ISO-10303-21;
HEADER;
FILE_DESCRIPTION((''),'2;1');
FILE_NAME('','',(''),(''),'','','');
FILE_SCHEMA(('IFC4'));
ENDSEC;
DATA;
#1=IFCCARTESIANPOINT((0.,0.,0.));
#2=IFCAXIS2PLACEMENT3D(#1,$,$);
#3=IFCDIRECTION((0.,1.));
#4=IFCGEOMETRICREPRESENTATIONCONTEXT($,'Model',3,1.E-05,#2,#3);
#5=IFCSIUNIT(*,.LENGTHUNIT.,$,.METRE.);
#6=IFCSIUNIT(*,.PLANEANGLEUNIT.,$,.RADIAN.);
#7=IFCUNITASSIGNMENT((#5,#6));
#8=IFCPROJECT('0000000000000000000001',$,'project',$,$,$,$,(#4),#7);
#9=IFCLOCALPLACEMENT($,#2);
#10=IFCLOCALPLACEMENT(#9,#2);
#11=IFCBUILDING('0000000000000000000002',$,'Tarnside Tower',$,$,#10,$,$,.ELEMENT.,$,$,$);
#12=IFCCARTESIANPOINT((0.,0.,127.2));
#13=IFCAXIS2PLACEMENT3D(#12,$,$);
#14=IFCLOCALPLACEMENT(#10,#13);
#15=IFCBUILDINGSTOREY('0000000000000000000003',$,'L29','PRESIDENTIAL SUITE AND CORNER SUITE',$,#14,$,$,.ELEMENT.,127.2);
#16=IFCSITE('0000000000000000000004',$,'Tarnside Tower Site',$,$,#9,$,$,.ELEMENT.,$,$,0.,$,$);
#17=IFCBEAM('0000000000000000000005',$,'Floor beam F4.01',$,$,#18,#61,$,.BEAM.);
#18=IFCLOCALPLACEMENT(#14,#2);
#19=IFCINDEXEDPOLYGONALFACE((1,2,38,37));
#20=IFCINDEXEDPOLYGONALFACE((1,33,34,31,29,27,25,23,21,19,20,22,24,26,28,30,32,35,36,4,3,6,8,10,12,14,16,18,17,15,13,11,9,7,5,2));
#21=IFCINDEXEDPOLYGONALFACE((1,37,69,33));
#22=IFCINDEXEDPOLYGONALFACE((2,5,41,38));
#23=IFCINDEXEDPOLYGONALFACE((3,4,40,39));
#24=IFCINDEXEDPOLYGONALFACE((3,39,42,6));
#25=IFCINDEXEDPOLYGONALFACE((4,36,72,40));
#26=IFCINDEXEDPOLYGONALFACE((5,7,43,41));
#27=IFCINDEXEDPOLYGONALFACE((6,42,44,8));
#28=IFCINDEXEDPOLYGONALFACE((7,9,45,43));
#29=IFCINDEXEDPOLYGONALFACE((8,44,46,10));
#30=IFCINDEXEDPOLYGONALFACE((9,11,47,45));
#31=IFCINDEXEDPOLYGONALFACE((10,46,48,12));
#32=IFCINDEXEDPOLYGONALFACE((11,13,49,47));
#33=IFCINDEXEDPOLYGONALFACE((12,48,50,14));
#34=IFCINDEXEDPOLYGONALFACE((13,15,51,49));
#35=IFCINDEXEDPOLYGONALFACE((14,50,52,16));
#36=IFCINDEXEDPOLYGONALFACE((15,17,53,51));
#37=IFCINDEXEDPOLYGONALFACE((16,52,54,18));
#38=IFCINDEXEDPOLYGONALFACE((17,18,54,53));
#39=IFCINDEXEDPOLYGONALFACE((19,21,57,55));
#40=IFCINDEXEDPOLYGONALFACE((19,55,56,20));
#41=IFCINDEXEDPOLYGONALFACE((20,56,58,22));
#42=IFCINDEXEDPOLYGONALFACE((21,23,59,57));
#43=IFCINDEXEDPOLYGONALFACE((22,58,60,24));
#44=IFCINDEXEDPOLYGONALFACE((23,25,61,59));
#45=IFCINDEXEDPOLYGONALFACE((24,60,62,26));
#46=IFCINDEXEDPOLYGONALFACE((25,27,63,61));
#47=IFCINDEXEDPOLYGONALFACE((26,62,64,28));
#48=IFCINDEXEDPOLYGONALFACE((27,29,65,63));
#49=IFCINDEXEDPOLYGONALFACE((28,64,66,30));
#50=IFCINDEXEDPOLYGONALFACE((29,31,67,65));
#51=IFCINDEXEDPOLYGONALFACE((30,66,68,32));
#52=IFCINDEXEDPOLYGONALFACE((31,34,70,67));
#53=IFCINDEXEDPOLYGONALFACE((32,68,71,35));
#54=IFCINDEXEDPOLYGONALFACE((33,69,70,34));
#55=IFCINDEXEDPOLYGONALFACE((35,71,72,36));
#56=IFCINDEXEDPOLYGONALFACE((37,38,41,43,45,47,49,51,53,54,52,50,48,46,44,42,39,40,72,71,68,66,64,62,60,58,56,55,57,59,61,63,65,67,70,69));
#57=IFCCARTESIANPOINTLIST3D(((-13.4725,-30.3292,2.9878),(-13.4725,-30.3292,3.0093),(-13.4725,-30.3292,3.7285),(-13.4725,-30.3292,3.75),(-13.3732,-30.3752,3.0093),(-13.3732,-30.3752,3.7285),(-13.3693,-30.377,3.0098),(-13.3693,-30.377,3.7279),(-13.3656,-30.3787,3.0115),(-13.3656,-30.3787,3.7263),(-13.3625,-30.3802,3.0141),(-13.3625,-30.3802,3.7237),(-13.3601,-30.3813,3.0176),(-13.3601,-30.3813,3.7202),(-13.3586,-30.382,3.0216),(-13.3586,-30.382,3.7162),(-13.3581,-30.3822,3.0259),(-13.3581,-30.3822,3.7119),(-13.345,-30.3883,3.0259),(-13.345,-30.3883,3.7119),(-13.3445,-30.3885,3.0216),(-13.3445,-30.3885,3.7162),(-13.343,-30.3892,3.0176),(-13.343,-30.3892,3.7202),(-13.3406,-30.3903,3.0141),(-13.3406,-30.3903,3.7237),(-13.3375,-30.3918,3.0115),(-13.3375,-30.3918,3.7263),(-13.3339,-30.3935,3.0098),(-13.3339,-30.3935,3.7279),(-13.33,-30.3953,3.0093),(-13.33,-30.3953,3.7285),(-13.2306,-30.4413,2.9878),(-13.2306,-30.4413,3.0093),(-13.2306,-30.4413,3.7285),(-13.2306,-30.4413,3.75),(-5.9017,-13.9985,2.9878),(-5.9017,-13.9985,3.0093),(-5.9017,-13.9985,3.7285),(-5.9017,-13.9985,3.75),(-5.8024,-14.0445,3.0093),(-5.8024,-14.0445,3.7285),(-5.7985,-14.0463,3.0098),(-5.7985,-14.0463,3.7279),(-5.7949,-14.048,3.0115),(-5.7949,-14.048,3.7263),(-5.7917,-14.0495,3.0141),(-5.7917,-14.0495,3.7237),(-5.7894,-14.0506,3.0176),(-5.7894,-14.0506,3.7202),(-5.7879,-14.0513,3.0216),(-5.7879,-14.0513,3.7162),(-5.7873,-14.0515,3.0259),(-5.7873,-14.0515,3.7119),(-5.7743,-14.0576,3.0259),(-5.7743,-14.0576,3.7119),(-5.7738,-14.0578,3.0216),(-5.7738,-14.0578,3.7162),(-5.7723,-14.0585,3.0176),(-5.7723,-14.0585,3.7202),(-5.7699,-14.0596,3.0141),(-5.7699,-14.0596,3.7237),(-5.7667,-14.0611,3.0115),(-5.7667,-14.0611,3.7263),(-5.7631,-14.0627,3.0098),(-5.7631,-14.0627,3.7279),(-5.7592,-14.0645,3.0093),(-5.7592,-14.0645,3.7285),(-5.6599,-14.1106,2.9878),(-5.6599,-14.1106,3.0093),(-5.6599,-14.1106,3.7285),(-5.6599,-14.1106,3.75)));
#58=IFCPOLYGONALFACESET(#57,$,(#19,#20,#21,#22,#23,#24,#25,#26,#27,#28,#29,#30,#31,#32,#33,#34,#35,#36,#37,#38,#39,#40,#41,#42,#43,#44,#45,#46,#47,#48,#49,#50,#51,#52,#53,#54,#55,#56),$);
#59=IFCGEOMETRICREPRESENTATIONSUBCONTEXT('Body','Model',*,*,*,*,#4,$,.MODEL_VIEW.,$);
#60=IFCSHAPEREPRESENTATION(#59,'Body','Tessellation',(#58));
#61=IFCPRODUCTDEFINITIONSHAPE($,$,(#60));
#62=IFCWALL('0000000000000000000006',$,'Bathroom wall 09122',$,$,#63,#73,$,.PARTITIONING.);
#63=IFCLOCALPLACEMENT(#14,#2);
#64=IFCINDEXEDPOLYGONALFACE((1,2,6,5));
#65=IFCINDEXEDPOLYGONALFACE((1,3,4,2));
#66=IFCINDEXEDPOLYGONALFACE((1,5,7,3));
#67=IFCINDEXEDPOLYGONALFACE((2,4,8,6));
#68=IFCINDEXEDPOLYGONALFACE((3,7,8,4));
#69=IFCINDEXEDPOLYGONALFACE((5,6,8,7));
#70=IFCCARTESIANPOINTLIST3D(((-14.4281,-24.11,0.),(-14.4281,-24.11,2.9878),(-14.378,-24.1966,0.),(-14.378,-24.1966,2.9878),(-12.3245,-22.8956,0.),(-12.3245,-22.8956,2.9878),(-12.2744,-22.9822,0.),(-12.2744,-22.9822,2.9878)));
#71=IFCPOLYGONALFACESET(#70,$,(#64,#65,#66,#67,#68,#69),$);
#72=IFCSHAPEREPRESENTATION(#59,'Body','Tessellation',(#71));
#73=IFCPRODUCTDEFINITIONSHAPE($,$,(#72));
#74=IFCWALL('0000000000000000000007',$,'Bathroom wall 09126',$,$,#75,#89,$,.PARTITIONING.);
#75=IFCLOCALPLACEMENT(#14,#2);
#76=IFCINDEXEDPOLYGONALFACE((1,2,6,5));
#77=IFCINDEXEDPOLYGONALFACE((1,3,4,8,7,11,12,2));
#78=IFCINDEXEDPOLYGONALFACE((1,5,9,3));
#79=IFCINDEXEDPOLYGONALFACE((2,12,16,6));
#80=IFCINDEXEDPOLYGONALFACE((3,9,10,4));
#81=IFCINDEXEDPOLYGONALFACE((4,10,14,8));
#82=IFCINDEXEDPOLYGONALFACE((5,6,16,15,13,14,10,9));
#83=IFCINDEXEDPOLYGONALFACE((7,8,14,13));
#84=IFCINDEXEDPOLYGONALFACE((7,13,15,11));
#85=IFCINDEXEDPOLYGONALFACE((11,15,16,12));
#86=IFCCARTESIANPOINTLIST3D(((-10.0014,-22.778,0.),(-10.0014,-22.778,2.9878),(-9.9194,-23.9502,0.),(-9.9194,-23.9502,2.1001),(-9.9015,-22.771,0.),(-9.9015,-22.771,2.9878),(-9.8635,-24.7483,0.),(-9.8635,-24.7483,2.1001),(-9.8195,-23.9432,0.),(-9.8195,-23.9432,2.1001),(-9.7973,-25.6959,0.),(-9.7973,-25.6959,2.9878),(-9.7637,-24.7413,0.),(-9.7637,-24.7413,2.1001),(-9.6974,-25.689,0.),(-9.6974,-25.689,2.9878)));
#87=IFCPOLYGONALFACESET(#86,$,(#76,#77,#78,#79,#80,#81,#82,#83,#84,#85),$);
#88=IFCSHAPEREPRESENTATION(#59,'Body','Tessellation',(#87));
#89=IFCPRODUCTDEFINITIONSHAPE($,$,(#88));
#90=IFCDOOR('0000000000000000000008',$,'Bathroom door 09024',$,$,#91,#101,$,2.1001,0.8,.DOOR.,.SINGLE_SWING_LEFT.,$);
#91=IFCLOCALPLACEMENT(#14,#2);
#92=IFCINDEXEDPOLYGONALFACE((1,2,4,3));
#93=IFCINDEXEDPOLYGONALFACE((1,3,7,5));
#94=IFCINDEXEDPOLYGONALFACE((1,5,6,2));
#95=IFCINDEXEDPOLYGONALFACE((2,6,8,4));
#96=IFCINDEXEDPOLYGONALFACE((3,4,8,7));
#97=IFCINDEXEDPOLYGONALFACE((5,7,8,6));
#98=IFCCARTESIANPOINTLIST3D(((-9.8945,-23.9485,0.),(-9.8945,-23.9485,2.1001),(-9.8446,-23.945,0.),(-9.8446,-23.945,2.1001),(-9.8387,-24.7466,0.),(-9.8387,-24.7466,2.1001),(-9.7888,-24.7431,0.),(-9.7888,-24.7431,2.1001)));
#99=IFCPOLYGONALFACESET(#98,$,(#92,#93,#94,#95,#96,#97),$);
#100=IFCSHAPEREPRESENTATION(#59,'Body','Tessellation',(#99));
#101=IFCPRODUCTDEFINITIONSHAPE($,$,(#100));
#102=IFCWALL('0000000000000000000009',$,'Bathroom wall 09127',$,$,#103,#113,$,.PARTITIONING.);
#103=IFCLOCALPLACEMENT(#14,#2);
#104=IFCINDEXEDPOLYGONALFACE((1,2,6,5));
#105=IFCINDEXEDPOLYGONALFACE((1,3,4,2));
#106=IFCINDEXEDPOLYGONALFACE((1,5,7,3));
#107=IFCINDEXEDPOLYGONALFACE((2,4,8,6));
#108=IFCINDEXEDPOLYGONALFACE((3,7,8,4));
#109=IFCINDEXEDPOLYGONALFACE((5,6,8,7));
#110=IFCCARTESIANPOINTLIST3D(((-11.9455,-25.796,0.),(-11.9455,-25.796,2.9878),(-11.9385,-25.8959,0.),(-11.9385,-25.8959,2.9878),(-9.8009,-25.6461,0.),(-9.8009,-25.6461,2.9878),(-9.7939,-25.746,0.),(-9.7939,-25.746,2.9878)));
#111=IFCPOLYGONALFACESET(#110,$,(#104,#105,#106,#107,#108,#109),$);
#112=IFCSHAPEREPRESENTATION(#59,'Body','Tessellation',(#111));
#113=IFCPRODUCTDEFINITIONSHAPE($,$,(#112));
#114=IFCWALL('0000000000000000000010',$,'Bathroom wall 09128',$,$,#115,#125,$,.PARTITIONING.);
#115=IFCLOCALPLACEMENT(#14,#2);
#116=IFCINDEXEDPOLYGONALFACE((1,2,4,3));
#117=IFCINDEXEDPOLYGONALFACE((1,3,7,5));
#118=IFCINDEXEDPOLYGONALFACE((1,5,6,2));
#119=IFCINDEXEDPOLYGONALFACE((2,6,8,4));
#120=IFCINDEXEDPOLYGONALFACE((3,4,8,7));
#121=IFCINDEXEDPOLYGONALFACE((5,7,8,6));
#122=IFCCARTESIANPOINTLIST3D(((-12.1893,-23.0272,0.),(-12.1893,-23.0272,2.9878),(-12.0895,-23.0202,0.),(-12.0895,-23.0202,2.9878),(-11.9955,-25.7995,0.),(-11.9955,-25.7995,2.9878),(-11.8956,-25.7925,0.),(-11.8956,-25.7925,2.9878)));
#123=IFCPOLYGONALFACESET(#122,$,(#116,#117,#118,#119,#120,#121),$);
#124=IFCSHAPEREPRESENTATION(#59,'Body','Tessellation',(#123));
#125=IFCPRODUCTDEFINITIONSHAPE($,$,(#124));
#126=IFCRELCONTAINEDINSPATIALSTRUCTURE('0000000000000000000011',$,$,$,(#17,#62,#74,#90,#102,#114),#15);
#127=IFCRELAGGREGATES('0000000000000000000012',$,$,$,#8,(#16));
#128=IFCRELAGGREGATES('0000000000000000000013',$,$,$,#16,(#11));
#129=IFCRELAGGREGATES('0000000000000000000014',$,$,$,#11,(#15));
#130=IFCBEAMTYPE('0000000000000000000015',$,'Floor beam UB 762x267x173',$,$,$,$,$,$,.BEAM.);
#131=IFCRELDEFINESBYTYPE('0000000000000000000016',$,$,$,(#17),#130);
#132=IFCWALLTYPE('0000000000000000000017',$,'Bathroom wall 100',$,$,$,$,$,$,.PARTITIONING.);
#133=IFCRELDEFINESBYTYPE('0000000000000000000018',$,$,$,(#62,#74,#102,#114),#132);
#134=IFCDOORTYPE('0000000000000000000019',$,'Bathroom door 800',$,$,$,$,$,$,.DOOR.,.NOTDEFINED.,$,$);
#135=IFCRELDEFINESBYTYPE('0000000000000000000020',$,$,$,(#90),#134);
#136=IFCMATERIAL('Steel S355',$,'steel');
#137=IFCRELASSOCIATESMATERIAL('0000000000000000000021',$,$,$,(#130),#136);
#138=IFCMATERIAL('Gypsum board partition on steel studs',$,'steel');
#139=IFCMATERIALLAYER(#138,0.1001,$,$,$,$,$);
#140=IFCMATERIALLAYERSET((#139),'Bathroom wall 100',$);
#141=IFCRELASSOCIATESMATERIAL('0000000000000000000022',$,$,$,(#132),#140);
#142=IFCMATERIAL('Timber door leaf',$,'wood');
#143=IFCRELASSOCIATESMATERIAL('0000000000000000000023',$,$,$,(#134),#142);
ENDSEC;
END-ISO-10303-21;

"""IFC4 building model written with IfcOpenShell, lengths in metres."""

from ifc_helpers import new_model, si_unit, direction, frame, frame_2d, origin, origin_2d, place, context, subcontext, project, spatial, rectangle, i_section, extrude, material, layer, layer_set, material_profile, profile_set, type_object, element, fill, save


model = new_model("IFC4")

# Units and contexts
model_context = context("Model", 3, precision=1e-05, world=origin(), true_north=direction((0.0, 1.0)))
body_context = subcontext(model_context, "Body", "Model", "MODEL_VIEW")
ifc_project = project(units=[si_unit("LENGTHUNIT", "METRE"), si_unit("PLANEANGLEUNIT", "RADIAN")], contexts=[model_context])

# Site, building, storey
site_placement = place(None, origin())
site = spatial("IfcSite", under=ifc_project, at=site_placement, Name="Tarnside Tower Site", CompositionType="ELEMENT", RefElevation=0.0)
building_placement = place(site_placement, origin())
building = spatial("IfcBuilding", under=site, at=building_placement, Name="Tarnside Tower", CompositionType="ELEMENT")
storey_placement = place(building_placement, frame((0.0, 0.0, 127.2)))
storey = spatial("IfcBuildingStorey", under=building, at=storey_placement, Name="L29", Description="PRESIDENTIAL SUITE AND CORNER SUITE", CompositionType="ELEMENT", Elevation=127.2)

# Beam
ifc_material_1 = material(Name="Steel S355", Category="steel")
ifc_material_profile = material_profile(ifc_material_1, i_section(OverallWidth=0.2666, OverallDepth=0.7622, WebThickness=0.0144, FlangeThickness=0.0215, FilletRadius=0.0166, at=origin_2d()), Name="UB 762x267x173")
ifc_profile_set = profile_set([ifc_material_profile], Name="Steel S355")
beam_type = type_object("IfcBeamType", Name="Floor beam UB 762x267x173", PredefinedType="BEAM", material=ifc_profile_set)
beam_placement = place(storey_placement, frame((-13.3516, -30.3853, 3.3689), z_axis=(0.420592, 0.90725, 0.0), x_axis=(-0.90725, 0.420592, 0.0)))
element("IfcBeam", 1, at=beam_placement, inside=storey, type_object=beam_type, Name="Floor beam F4.01", PredefinedType="BEAM", context=body_context, shape_type="SweptSolid", body=[
    extrude(i_section(OverallWidth=0.2666, OverallDepth=0.7622, WebThickness=0.0144, FlangeThickness=0.0215, FilletRadius=0.0166, at=origin_2d()), origin(), (0.0, 0.0, 1.0), 18.0002),
])

# Wall
ifc_material_2 = material(Name="Gypsum board partition on steel studs", Category="steel")
ifc_layer_1 = layer(ifc_material_2, 0.1001)
ifc_layer_set_1 = layer_set([ifc_layer_1], Name="Bathroom wall 100")
wall_type_1 = type_object("IfcWallType", Name="Bathroom wall 100", PredefinedType="PARTITIONING", material=ifc_layer_set_1)
wall_1_placement = place(storey_placement, frame((-12.2996, -22.939, 0.0), z_axis=(0.0, 0.0, 1.0), x_axis=(-0.866045, -0.499966, 0.0)))
element("IfcWall", 2, at=wall_1_placement, inside=storey, type_object=wall_type_1, Name="Bathroom wall 09122", PredefinedType="PARTITIONING", context=body_context, shape_type="SweptSolid", body=[
    extrude(rectangle(XDim=2.429, YDim=0.1001, at=frame_2d((1.2144, 0.0))), origin(), (0.0, 0.0, 1.0), 2.9878),
])

# Wall, opening, door
wall_2_placement = place(storey_placement, frame((-9.9514, -22.7747, 0.0), z_axis=(0.0, 0.0, 1.0), x_axis=(0.069776, -0.997563, 0.0)))
wall_2 = element("IfcWall", 3, at=wall_2_placement, inside=storey, type_object=wall_type_1, Name="Bathroom wall 09126", PredefinedType="PARTITIONING", context=body_context, shape_type="SweptSolid", body=[
    extrude(rectangle(XDim=2.925, YDim=0.1001, at=frame_2d((1.4624, 0.0))), origin(), (0.0, 0.0, 1.0), 2.9878),
])
opening_1_placement = place(wall_2_placement, frame((1.175, 0.0, 0.0)))
opening_1 = element("IfcOpeningElement", 4, at=opening_1_placement, cuts=wall_2, PredefinedType="OPENING", context=body_context, shape_type="SweptSolid", body=[
    extrude(rectangle(XDim=0.8, YDim=2.1001, at=frame_2d((0.3999, 1.05))), frame((0.0, 0.0601, 0.0), z_axis=(0.0, -1.0, 0.0), x_axis=(1.0, 0.0, 0.0)), (0.0, 0.0, 1.0), 0.1201),
])
ifc_material_3 = material(Name="Timber door leaf", Category="wood")
door_type_1 = type_object("IfcDoorType", Name="Bathroom door 800", OperationType="NOTDEFINED", PredefinedType="DOOR", material=ifc_material_3)
door_1_placement = place(opening_1_placement, origin())
door_1 = element("IfcDoor", 5, at=door_1_placement, inside=storey, type_object=door_type_1, Name="Bathroom door 09024", OperationType="SINGLE_SWING_LEFT", OverallHeight=2.1001, OverallWidth=0.8, PredefinedType="DOOR", context=body_context, shape_type="SweptSolid", body=[
    extrude(rectangle(XDim=0.8, YDim=2.1001, at=frame_2d((0.3999, 1.05))), frame((0.0, 0.0249, 0.0), z_axis=(0.0, -1.0, 0.0), x_axis=(1.0, 0.0, 0.0)), (0.0, 0.0, 1.0), 0.05),
])
fill(opening_1, door_1)

# Walls
wall_3_placement = place(storey_placement, frame((-9.7974, -25.696, 0.0), z_axis=(0.0, 0.0, 1.0), x_axis=(-0.997566, -0.069722, 0.0)))
element("IfcWall", 6, at=wall_3_placement, inside=storey, type_object=wall_type_1, Name="Bathroom wall 09127", PredefinedType="PARTITIONING", context=body_context, shape_type="SweptSolid", body=[
    extrude(rectangle(XDim=2.1499, YDim=0.1001, at=frame_2d((1.075, 0.0))), origin(), (0.0, 0.0, 1.0), 2.9878),
])
wall_4_placement = place(storey_placement, frame((-11.9456, -25.7961, 0.0), z_axis=(0.0, 0.0, 1.0), x_axis=(-0.069755, 0.997564, 0.0)))
element("IfcWall", 7, at=wall_4_placement, inside=storey, type_object=wall_type_1, Name="Bathroom wall 09128", PredefinedType="PARTITIONING", context=body_context, shape_type="SweptSolid", body=[
    extrude(rectangle(XDim=2.7791, YDim=0.1001, at=frame_2d((1.3896, 0.0))), origin(), (0.0, 0.0, 1.0), 2.9878),
])

save(model, "model.ifc")
